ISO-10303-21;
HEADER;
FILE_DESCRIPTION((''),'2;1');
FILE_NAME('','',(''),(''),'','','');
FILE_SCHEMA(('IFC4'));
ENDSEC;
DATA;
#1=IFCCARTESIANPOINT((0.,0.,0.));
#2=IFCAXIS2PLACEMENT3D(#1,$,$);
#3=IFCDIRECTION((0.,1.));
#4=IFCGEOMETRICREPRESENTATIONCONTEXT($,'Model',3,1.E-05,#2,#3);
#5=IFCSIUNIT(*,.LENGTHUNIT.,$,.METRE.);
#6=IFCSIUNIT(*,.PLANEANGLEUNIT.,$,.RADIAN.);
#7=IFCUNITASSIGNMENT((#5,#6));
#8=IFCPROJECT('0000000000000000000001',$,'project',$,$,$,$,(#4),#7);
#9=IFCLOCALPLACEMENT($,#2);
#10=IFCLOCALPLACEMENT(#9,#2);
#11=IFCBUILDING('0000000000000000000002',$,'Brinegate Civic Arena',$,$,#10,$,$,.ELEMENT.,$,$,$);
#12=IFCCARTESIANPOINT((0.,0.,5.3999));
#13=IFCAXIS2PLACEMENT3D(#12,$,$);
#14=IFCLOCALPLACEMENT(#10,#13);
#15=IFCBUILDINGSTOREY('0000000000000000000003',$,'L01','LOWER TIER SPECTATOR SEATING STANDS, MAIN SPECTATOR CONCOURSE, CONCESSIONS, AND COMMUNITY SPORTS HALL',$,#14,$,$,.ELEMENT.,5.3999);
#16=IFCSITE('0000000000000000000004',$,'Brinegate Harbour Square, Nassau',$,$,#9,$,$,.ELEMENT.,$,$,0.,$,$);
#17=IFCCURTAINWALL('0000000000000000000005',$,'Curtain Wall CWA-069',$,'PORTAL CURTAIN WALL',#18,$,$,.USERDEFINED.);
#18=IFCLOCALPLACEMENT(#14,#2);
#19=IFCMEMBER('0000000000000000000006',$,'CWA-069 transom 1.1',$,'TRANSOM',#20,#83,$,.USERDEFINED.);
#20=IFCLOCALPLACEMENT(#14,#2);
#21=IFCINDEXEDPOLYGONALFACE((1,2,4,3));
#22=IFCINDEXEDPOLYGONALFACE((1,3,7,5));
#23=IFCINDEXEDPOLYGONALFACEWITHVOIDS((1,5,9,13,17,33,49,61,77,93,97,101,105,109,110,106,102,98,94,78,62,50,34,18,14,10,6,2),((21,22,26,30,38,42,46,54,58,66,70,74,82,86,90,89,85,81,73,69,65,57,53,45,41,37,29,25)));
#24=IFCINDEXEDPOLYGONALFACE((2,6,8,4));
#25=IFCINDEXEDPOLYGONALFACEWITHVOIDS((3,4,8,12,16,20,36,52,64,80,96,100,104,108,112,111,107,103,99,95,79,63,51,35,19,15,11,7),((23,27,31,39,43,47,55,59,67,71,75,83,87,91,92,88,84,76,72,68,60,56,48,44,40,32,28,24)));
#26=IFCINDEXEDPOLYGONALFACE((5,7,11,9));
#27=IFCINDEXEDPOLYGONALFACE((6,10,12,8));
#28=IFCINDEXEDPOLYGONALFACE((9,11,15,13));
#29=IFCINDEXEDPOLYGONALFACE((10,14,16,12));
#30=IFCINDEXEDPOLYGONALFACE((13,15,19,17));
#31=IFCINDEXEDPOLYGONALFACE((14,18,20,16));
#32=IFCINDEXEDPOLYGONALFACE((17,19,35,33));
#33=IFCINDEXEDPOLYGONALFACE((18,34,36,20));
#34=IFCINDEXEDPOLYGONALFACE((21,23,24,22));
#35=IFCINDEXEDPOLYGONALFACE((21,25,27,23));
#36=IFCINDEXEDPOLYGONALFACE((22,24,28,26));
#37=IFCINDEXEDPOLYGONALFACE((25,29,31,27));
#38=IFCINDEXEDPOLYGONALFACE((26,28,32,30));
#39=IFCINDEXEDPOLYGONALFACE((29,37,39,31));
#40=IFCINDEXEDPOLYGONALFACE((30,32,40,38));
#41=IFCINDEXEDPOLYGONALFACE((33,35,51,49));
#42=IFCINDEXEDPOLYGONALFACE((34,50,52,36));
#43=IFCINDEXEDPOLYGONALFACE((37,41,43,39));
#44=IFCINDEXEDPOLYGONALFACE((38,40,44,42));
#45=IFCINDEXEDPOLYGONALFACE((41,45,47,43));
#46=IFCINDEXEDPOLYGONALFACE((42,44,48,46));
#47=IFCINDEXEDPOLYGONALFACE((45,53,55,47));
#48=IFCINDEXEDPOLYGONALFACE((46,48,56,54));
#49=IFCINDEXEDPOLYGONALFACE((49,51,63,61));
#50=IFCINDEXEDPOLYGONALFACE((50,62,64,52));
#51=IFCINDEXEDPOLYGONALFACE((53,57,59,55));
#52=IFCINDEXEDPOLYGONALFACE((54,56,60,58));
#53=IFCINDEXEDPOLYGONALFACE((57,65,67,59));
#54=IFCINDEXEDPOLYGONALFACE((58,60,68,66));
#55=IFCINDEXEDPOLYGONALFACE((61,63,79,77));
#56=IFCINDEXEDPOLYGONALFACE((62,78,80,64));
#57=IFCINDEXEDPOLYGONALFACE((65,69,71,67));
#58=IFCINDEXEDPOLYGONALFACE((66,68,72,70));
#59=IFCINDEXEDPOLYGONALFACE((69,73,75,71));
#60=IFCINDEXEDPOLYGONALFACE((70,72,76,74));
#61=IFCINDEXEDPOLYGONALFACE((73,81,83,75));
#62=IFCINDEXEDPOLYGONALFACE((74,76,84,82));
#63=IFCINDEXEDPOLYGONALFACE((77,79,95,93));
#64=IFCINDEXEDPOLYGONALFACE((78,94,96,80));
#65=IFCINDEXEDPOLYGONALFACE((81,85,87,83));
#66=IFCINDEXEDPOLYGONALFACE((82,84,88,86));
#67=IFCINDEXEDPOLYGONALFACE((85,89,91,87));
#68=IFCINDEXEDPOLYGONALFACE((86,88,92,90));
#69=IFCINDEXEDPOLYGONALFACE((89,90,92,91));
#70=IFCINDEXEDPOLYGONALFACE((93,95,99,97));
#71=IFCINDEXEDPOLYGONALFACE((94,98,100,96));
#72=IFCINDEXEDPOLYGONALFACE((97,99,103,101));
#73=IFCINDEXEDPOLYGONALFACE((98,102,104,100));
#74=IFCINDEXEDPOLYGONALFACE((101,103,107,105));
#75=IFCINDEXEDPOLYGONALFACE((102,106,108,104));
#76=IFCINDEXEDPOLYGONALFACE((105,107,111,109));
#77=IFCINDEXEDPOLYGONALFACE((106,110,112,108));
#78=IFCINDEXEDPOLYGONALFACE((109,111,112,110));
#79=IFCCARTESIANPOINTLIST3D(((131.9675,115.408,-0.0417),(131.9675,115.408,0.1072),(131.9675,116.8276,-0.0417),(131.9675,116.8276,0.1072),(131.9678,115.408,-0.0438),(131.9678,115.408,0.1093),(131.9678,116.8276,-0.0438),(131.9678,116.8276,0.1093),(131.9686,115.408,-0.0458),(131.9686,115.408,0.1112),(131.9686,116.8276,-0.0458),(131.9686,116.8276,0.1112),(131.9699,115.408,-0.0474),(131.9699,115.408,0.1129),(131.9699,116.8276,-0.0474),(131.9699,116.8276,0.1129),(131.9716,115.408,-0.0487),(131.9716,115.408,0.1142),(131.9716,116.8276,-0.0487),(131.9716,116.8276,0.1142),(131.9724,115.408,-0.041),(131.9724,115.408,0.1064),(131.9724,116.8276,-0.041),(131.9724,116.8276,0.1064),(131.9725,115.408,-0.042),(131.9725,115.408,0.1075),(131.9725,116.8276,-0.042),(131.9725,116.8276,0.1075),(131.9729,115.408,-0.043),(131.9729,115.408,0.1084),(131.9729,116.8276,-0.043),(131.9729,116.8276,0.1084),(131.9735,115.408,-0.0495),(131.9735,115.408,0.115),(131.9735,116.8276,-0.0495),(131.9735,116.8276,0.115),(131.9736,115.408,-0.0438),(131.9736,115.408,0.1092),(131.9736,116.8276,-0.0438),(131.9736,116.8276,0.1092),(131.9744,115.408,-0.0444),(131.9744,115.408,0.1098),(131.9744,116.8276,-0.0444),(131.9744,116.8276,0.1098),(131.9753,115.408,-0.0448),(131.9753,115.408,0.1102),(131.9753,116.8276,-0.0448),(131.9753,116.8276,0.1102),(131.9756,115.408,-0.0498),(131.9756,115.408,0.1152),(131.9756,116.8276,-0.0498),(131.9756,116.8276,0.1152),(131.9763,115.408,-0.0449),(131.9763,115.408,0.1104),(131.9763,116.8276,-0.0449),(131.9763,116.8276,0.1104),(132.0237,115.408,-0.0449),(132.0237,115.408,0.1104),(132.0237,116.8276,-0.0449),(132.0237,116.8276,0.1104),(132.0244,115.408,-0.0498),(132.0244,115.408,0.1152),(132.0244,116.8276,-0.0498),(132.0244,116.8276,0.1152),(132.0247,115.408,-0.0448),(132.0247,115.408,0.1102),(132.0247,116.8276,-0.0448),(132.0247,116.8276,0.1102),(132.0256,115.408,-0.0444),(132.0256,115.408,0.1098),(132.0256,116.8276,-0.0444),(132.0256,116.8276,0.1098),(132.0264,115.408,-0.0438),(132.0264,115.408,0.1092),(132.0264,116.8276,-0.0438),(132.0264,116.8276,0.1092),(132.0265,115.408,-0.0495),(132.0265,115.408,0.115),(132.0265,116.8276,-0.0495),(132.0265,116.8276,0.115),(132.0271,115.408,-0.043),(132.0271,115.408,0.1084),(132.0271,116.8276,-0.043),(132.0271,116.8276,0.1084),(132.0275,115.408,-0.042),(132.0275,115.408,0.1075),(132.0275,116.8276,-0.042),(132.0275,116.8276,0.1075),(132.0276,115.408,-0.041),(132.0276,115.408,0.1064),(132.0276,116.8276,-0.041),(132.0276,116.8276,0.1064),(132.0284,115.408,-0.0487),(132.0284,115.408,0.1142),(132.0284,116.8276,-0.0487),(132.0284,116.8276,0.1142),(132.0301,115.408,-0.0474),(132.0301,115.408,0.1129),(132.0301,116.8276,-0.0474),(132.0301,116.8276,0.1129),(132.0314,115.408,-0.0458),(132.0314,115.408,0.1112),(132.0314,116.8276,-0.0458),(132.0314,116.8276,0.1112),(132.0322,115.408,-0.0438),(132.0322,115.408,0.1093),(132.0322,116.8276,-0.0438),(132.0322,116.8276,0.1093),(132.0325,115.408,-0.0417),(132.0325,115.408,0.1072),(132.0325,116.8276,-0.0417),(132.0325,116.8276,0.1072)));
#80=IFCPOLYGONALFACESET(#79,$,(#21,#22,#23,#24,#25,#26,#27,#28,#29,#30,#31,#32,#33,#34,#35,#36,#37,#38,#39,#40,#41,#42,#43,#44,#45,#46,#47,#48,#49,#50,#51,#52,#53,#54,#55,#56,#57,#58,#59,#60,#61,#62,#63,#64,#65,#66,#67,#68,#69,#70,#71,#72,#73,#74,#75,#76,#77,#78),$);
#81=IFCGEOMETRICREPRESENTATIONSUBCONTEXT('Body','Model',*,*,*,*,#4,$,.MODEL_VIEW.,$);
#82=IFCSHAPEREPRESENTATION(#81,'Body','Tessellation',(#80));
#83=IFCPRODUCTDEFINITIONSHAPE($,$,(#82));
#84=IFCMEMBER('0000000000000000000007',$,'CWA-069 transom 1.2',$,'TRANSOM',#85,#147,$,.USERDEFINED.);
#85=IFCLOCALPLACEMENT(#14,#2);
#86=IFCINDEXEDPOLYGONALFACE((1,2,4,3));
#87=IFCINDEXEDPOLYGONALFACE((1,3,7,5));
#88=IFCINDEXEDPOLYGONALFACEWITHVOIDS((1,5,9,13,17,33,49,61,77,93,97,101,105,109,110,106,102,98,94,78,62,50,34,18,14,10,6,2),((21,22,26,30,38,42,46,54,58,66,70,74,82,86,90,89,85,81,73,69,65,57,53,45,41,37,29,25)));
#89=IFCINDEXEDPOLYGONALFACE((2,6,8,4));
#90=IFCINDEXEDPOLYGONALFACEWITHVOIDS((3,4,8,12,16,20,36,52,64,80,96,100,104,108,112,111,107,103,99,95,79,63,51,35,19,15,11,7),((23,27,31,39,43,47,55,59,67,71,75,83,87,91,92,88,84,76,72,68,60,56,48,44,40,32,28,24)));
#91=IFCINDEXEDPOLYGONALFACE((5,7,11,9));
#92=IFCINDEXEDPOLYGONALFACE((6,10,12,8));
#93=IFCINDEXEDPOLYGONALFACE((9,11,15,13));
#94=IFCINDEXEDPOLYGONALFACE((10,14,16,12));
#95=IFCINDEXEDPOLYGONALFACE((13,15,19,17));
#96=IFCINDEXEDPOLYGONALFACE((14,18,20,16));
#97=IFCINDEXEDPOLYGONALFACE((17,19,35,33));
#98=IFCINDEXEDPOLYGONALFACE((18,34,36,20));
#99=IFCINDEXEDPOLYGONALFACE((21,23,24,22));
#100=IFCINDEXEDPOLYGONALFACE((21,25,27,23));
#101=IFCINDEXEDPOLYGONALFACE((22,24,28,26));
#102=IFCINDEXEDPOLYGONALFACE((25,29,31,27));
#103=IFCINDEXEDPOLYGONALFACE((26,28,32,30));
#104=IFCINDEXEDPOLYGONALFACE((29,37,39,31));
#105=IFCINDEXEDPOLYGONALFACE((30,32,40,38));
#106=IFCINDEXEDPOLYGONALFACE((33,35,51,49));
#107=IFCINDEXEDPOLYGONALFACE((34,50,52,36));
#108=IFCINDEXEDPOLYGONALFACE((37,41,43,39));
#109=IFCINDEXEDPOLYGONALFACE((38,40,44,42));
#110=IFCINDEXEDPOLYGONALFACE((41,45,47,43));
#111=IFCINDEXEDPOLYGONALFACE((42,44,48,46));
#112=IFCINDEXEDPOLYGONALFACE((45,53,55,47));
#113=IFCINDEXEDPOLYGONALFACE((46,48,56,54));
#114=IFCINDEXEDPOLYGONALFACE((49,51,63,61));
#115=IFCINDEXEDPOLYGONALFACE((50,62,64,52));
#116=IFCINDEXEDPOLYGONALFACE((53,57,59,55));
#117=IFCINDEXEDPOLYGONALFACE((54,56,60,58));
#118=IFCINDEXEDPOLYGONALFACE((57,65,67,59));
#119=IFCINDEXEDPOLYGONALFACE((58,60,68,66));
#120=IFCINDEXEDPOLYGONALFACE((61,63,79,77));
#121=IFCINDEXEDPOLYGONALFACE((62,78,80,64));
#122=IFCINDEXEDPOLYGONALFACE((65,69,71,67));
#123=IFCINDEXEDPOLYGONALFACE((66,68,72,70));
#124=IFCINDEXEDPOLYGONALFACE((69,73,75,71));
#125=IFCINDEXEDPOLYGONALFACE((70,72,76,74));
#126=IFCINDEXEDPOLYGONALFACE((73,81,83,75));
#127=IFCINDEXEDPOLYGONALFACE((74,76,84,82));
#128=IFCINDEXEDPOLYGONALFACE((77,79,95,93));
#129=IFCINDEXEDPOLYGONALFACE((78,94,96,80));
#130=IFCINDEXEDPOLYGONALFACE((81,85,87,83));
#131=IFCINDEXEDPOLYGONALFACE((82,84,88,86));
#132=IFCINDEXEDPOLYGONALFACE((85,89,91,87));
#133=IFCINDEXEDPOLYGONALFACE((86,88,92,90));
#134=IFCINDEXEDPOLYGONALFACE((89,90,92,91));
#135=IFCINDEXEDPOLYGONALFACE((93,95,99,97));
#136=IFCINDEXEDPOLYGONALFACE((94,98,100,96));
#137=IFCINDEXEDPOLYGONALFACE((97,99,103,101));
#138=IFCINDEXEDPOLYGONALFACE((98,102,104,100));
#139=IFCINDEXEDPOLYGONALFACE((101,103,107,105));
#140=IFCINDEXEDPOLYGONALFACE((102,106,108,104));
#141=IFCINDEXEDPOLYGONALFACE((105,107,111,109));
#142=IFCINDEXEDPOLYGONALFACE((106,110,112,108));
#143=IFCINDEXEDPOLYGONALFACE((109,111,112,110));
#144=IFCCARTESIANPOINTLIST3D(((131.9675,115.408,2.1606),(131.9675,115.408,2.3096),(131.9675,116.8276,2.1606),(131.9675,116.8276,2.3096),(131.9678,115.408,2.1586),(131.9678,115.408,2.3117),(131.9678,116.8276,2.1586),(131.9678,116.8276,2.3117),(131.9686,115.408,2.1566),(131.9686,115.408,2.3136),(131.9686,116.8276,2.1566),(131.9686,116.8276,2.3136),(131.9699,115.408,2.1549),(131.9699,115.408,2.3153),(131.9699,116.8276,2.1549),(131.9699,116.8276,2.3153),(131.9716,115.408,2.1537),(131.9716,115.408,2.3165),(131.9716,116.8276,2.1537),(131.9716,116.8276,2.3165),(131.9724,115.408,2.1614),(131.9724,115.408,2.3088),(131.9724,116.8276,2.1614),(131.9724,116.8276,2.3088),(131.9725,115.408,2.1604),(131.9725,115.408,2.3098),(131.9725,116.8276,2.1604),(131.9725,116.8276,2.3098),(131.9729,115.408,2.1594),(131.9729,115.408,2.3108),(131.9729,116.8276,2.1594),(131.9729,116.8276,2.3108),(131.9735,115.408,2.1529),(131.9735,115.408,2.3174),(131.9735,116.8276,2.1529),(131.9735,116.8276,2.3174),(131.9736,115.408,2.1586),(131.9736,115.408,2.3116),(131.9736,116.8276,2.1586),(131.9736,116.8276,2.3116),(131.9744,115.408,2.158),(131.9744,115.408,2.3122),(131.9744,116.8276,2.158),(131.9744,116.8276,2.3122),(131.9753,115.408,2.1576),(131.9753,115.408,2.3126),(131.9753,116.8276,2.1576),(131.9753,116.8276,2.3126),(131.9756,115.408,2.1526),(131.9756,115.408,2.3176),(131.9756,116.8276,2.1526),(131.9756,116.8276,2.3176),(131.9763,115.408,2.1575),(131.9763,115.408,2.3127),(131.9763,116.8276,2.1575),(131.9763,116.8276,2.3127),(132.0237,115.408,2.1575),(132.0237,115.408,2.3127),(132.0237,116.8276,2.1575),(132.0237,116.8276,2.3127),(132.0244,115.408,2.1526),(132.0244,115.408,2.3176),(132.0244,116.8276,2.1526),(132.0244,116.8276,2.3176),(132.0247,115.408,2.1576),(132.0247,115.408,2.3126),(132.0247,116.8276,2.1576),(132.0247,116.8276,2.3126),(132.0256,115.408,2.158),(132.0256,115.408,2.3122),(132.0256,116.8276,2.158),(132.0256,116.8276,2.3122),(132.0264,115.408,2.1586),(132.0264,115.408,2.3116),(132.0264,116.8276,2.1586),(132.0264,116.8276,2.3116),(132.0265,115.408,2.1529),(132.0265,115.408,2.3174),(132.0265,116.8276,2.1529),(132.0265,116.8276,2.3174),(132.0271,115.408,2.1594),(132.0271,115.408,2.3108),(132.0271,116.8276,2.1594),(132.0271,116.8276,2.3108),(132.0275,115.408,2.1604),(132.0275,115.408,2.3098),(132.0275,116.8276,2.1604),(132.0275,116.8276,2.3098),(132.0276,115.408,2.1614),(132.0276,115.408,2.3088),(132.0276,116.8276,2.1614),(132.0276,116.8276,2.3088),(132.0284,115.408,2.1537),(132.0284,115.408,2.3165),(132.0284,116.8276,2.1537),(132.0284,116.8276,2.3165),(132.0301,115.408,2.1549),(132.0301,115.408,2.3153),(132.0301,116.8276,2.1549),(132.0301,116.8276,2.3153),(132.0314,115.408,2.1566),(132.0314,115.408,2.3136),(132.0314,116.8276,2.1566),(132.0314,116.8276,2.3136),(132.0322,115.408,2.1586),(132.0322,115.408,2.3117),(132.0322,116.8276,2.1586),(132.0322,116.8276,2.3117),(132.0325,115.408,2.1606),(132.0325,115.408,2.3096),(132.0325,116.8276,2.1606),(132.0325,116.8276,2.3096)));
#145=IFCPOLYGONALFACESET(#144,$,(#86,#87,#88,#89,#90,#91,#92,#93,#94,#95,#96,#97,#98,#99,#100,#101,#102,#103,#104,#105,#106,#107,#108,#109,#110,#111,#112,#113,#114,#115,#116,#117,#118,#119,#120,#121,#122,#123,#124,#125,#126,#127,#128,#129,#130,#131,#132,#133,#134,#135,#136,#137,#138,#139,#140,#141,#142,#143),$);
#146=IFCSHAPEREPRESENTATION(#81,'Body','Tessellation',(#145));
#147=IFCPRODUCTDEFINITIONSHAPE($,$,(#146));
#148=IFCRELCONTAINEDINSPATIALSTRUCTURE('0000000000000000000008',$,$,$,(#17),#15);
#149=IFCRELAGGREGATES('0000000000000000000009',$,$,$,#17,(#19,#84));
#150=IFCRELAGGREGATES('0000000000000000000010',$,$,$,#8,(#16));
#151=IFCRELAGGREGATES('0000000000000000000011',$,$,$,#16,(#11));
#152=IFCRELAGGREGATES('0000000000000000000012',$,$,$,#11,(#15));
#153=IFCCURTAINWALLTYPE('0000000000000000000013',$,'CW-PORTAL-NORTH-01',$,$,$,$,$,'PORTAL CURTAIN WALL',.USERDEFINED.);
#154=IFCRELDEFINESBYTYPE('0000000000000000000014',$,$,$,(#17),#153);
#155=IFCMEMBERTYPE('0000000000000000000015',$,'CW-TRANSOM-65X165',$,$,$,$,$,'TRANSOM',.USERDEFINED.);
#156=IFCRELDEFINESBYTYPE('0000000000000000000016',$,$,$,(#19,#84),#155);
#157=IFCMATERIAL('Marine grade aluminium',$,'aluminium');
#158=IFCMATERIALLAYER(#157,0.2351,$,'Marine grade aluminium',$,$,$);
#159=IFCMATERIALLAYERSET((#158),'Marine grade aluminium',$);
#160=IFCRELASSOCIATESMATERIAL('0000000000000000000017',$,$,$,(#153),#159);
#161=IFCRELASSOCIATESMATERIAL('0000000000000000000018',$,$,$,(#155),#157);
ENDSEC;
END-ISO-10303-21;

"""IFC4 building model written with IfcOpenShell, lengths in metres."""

from ifc_helpers import new_model, si_unit, direction, frame, origin, origin_2d, place, context, subcontext, project, spatial, hollow_rectangle, extrude, material, layer, layer_set, material_profile, profile_set, type_object, element, aggregate, save


model = new_model("IFC4")

# Units and contexts
model_context = context("Model", 3, precision=1e-05, world=origin(), true_north=direction((0.0, 1.0)))
body_context = subcontext(model_context, "Body", "Model", "MODEL_VIEW")
ifc_project = project(units=[si_unit("LENGTHUNIT", "METRE"), si_unit("PLANEANGLEUNIT", "RADIAN")], contexts=[model_context])

# Site, building, storey
site_placement = place(None, origin())
site = spatial("IfcSite", under=ifc_project, at=site_placement, Name="Brinegate Harbour Square, Nassau", CompositionType="ELEMENT", RefElevation=0.0)
building_placement = place(site_placement, origin())
building = spatial("IfcBuilding", under=site, at=building_placement, Name="Brinegate Civic Arena", CompositionType="ELEMENT")
storey_placement = place(building_placement, frame((0.0, 0.0, 5.3999)))
storey = spatial("IfcBuildingStorey", under=building, at=storey_placement, Name="L01", Description="LOWER TIER SPECTATOR SEATING STANDS, MAIN SPECTATOR CONCOURSE, CONCESSIONS, AND COMMUNITY SPORTS HALL", CompositionType="ELEMENT", Elevation=5.3999)

# Curtain wall, members
ifc_material_1 = material(Name="Marine grade aluminium", Category="aluminium")
ifc_layer_1 = layer(ifc_material_1, 0.2351, Name="Marine grade aluminium")
ifc_layer_set_1 = layer_set([ifc_layer_1], Name="Marine grade aluminium")
curtain_wall_type = type_object("IfcCurtainWallType", Name="CW-PORTAL-NORTH-01", ElementType="PORTAL CURTAIN WALL", PredefinedType="USERDEFINED", material=ifc_layer_set_1)
curtain_wall_placement = place(storey_placement, origin())
curtain_wall = element("IfcCurtainWall", 1, at=curtain_wall_placement, inside=storey, type_object=curtain_wall_type, Name="Curtain Wall CWA-069", ObjectType="PORTAL CURTAIN WALL", PredefinedType="USERDEFINED")
ifc_material_profile_1 = material_profile(ifc_material_1, hollow_rectangle(XDim=0.0649, YDim=0.165, WallThickness=0.0049, InnerFilletRadius=0.0039, OuterFilletRadius=0.0081, at=origin_2d()), Name="TRN65X165")
ifc_profile_set_1 = profile_set([ifc_material_profile_1], Name="Marine grade aluminium")
member_type_1 = type_object("IfcMemberType", Name="CW-TRANSOM-65X165", ElementType="TRANSOM", PredefinedType="USERDEFINED", material=ifc_profile_set_1)
member_1_placement = place(storey_placement, frame((132.0, 115.408, 0.0327), z_axis=(0.0, 1.0, 0.0), x_axis=(-1.0, 0.0, 0.0)))
member_1 = element("IfcMember", 2, at=member_1_placement, type_object=member_type_1, Name="CWA-069 transom 1.1", ObjectType="TRANSOM", PredefinedType="USERDEFINED", context=body_context, shape_type="SweptSolid", body=[
    extrude(hollow_rectangle(XDim=0.0649, YDim=0.165, WallThickness=0.0049, InnerFilletRadius=0.0039, OuterFilletRadius=0.0081, at=origin_2d()), origin(), (0.0, 0.0, 1.0), 1.4197),
])
member_2_placement = place(storey_placement, frame((132.0, 115.408, 2.2351), z_axis=(0.0, 1.0, 0.0), x_axis=(-1.0, 0.0, 0.0)))
member_2 = element("IfcMember", 3, at=member_2_placement, type_object=member_type_1, Name="CWA-069 transom 1.2", ObjectType="TRANSOM", PredefinedType="USERDEFINED", context=body_context, shape_type="SweptSolid", body=[
    extrude(hollow_rectangle(XDim=0.0649, YDim=0.165, WallThickness=0.0049, InnerFilletRadius=0.0039, OuterFilletRadius=0.0081, at=origin_2d()), origin(), (0.0, 0.0, 1.0), 1.4197),
])

aggregate(curtain_wall, [member_1, member_2])

save(model, "model.ifc")
